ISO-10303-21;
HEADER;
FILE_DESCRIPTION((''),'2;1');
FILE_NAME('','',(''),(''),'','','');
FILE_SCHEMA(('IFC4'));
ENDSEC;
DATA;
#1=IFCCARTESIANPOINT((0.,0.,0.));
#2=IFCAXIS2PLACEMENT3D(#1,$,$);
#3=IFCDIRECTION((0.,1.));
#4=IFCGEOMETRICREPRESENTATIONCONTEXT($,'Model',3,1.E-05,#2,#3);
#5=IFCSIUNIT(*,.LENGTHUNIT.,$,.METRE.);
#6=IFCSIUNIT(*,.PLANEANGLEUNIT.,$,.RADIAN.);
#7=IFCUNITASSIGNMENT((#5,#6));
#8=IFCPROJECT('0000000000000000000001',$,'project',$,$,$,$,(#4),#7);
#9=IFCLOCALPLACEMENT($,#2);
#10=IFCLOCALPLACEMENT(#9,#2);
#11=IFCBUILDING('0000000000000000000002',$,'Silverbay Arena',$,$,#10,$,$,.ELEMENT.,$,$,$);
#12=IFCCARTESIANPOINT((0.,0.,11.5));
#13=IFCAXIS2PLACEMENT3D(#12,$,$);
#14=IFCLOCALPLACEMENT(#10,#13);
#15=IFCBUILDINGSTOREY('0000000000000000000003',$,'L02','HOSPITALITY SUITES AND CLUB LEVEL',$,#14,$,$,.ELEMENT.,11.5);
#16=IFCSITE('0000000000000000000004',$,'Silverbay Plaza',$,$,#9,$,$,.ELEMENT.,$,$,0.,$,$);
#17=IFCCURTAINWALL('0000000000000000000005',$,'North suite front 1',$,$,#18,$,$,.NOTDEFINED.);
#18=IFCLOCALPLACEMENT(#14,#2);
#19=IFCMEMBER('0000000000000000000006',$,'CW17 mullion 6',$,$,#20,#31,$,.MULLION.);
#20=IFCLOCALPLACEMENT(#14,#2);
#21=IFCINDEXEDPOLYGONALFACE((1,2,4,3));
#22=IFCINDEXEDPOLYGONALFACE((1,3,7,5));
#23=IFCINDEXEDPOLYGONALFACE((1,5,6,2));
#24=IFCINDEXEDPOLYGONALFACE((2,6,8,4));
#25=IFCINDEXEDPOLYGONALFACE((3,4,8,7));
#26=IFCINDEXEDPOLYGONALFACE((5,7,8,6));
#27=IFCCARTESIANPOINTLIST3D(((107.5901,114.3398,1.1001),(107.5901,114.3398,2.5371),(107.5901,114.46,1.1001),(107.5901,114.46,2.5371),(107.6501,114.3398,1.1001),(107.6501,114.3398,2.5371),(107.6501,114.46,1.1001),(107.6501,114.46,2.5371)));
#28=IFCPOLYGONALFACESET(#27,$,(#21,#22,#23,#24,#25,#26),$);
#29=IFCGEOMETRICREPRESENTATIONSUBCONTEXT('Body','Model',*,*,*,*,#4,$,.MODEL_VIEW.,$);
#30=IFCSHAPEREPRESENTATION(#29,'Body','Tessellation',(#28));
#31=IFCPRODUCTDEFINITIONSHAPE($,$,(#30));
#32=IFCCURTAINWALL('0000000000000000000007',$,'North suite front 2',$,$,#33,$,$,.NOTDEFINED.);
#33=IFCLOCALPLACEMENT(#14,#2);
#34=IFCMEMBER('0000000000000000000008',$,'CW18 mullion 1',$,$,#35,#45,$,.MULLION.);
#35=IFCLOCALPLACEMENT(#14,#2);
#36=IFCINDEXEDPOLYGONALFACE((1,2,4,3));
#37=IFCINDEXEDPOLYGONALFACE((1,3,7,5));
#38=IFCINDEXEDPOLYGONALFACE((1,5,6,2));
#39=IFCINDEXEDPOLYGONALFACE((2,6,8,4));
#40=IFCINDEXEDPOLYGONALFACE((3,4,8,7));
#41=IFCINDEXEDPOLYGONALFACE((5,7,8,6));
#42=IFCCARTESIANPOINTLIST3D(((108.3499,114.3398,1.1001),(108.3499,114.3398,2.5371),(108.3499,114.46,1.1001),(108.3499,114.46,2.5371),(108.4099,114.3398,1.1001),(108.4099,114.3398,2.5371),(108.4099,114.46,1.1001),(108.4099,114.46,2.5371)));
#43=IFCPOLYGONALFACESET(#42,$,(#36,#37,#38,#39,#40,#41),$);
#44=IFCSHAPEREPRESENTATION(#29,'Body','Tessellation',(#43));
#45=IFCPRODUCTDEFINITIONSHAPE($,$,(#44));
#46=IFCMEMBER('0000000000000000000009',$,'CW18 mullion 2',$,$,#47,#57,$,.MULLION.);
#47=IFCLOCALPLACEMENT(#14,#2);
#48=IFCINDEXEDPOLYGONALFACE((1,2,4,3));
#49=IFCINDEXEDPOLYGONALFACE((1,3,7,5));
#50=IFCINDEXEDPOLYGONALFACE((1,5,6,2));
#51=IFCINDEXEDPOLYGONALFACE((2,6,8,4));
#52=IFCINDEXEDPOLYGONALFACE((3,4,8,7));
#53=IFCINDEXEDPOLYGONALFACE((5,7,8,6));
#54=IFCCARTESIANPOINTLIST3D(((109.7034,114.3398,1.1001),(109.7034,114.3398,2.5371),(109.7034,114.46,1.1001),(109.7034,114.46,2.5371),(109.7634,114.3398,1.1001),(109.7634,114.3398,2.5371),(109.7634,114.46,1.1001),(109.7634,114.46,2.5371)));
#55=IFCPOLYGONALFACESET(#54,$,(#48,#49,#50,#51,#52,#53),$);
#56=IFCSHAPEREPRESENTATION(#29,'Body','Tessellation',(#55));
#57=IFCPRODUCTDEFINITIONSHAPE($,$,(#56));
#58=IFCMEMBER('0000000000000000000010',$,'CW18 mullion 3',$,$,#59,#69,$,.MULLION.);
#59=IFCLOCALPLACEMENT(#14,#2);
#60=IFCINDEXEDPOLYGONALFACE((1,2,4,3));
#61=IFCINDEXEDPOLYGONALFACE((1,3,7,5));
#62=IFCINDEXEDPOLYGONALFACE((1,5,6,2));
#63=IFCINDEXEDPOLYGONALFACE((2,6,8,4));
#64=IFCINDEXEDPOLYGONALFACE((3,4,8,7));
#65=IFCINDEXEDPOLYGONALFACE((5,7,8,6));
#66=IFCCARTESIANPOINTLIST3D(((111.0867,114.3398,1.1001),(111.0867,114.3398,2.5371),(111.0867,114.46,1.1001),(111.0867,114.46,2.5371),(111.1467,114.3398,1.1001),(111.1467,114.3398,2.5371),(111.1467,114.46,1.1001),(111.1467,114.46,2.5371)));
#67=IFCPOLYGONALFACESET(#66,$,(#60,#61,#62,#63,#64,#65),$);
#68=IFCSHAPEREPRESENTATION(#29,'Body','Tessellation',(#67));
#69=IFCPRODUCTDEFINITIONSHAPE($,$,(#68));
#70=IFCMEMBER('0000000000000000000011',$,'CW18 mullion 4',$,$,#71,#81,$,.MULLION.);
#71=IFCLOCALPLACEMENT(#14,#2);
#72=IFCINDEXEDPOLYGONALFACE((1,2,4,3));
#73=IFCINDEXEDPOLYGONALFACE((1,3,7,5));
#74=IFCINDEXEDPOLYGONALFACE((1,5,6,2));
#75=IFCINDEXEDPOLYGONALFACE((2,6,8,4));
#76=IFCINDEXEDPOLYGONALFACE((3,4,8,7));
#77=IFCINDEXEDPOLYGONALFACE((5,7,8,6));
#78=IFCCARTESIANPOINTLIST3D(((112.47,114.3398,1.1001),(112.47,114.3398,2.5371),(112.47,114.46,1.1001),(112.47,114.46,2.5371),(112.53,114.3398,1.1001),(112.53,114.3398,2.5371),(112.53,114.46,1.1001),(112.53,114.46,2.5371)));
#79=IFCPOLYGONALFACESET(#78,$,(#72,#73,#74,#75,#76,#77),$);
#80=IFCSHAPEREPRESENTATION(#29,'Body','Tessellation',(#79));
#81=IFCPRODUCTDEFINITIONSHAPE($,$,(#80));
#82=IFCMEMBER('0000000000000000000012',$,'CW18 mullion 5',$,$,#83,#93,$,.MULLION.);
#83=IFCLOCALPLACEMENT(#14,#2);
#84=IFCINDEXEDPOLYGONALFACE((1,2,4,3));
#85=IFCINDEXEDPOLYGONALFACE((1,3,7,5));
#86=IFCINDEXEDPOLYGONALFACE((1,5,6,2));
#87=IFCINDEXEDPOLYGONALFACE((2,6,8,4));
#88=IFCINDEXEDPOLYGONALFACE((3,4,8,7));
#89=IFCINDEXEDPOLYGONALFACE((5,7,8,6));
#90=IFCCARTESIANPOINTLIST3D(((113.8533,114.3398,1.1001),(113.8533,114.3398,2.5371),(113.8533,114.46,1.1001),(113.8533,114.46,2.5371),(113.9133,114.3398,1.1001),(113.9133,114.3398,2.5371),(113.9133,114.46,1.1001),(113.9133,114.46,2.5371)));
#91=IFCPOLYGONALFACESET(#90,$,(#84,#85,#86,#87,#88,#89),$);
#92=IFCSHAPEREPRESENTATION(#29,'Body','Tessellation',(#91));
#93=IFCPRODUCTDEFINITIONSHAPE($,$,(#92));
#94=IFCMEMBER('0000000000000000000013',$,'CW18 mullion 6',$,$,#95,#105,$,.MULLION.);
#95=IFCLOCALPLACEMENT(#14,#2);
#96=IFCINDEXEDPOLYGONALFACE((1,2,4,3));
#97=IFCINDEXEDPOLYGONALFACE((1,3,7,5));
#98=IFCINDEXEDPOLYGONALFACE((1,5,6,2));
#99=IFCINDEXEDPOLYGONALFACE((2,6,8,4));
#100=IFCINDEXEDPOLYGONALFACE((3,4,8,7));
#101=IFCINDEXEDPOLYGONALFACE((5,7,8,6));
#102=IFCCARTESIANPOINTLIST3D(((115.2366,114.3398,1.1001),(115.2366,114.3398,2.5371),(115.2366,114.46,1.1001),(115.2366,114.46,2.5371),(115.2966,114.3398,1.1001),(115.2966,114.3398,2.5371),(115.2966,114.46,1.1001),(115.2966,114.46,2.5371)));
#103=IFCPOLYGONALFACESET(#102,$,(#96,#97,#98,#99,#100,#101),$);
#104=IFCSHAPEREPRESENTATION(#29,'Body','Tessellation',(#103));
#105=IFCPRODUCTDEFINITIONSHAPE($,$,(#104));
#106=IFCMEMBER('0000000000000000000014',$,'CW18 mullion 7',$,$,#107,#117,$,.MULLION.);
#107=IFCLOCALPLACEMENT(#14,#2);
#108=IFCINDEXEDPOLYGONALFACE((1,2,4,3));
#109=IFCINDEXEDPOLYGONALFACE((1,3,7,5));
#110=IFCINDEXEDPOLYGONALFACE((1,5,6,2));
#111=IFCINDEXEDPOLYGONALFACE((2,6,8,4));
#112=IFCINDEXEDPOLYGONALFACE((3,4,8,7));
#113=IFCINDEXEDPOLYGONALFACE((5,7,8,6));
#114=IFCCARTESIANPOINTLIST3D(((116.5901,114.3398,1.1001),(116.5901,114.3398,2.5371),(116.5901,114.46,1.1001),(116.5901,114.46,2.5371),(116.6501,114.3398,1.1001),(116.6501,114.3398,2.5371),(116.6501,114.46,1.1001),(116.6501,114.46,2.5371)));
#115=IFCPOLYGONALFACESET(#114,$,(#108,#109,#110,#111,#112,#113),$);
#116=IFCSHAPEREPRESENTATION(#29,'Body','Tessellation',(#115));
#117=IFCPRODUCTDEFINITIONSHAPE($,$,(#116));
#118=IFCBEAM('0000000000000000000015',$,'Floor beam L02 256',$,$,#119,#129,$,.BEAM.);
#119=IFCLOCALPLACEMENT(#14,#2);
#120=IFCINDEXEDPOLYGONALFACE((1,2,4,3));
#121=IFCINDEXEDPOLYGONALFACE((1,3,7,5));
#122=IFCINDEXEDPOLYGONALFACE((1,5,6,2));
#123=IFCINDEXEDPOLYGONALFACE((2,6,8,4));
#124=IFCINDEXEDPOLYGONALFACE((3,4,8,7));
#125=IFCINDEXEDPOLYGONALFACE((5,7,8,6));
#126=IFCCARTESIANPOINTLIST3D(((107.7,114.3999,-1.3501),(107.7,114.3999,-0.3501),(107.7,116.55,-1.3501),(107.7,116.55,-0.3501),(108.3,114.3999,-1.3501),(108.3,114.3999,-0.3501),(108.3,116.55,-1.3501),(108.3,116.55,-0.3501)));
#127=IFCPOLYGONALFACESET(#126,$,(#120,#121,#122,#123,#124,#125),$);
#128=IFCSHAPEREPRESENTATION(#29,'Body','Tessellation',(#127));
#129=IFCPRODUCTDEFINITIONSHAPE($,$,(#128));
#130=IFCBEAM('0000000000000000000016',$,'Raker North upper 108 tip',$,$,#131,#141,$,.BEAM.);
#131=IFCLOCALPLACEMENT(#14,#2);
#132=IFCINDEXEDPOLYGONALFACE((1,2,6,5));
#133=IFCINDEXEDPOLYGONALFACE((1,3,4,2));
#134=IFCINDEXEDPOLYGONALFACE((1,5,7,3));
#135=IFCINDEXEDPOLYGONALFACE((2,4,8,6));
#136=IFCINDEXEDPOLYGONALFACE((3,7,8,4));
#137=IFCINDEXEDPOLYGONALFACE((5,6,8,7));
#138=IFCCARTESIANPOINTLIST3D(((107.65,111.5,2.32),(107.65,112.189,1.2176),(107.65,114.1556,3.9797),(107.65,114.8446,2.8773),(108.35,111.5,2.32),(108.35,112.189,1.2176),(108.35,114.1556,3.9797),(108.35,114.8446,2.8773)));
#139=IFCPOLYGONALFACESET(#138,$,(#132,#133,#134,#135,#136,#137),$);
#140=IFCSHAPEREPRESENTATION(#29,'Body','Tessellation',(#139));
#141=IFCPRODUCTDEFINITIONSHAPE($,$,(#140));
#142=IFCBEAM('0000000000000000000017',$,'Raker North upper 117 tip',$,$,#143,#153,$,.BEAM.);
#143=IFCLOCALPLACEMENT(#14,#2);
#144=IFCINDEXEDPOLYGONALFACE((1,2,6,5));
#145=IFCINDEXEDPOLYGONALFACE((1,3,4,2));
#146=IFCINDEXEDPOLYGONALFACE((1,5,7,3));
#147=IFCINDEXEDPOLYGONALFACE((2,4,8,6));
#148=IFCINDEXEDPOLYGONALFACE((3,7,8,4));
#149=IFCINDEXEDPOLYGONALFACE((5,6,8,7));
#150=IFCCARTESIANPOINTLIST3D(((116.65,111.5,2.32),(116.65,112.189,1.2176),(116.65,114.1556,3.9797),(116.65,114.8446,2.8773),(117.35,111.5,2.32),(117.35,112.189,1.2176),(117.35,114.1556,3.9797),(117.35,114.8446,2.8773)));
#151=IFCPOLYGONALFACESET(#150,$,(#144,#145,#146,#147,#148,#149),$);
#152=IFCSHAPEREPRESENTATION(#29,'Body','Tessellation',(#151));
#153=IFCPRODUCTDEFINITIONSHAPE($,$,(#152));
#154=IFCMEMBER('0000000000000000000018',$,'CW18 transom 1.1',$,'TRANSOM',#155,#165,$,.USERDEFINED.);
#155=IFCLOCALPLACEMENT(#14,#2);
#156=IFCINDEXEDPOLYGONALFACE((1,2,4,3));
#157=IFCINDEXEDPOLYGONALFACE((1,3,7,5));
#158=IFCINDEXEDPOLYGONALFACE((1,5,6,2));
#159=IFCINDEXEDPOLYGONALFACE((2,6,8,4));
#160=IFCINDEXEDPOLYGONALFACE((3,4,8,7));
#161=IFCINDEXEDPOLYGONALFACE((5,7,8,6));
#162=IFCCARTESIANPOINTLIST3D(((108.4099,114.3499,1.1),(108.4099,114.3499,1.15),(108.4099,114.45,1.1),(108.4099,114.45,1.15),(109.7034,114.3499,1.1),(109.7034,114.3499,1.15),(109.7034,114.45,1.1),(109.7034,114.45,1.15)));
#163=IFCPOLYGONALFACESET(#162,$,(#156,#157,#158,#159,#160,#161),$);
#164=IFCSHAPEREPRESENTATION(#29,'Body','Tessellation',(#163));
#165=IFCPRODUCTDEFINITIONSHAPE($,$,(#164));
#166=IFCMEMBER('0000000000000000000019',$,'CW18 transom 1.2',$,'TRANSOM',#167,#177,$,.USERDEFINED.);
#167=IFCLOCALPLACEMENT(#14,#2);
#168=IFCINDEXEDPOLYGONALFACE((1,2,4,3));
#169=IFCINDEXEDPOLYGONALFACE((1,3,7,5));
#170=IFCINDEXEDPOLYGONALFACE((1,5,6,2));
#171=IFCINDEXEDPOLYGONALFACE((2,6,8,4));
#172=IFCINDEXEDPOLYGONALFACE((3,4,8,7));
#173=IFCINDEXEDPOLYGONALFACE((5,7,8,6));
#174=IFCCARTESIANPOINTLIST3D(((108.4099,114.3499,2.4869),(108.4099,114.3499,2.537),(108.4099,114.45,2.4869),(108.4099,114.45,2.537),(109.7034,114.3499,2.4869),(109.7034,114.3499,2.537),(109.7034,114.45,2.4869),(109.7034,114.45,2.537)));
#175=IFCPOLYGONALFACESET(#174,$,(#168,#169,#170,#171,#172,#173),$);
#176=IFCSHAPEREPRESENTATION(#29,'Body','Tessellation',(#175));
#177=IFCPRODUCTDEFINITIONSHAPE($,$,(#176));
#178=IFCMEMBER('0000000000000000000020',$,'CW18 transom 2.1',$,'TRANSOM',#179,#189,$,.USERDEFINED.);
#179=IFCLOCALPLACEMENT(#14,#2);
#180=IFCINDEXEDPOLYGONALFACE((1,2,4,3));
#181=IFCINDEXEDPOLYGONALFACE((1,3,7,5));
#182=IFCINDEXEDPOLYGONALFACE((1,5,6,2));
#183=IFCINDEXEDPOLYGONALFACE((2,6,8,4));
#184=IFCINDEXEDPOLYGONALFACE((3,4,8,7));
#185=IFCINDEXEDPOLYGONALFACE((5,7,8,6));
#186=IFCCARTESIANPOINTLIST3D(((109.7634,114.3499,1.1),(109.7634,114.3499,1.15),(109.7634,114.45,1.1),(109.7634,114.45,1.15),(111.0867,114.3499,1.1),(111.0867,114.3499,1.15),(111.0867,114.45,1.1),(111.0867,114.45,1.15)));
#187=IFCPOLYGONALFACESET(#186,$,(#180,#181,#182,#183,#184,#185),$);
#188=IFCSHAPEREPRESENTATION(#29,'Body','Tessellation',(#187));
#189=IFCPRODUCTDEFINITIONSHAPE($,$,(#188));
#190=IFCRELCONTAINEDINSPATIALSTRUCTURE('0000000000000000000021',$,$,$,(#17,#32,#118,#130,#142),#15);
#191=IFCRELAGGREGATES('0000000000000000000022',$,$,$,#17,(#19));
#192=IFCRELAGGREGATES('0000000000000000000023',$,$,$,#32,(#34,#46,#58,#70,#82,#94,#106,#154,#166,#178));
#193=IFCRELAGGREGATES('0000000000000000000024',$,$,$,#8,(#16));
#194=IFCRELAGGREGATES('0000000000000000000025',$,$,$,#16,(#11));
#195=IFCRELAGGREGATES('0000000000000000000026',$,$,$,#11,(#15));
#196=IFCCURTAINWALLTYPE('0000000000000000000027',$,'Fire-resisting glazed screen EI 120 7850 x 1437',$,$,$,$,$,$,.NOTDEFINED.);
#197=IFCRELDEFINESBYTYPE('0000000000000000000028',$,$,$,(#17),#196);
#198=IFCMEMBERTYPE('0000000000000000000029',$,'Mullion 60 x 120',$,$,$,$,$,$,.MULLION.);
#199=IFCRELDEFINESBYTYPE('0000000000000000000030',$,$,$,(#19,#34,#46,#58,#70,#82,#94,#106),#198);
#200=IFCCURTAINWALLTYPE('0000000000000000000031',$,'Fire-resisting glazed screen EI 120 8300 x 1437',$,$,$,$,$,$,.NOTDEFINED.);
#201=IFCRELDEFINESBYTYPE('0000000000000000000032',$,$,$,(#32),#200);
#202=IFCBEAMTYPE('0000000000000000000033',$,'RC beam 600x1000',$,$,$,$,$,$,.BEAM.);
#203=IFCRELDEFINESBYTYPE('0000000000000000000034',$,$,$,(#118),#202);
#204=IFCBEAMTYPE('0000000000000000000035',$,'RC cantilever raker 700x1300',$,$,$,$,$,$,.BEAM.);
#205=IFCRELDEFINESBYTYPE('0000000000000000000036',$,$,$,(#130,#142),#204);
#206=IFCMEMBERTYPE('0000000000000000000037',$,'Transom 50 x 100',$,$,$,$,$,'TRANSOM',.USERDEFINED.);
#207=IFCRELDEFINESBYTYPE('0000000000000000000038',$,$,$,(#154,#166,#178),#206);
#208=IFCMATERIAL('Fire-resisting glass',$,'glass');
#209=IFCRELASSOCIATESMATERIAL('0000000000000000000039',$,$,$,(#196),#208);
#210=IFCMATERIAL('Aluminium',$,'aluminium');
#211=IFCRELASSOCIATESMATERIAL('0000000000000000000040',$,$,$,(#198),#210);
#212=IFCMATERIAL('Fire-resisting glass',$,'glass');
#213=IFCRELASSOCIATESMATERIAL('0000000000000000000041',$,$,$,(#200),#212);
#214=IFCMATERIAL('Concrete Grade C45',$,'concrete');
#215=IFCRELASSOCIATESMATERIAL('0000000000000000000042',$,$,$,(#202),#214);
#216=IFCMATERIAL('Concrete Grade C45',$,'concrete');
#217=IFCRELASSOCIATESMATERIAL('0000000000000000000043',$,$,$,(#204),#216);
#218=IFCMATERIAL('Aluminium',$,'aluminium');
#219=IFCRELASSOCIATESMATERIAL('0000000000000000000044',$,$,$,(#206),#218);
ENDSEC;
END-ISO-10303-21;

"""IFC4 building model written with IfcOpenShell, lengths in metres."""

from ifc_helpers import new_model, si_unit, direction, frame, origin, origin_2d, place, context, subcontext, project, spatial, rectangle, extrude, material, material_profile, profile_set, type_object, element, aggregate, save


model = new_model("IFC4")

# Units and contexts
model_context = context("Model", 3, precision=1e-05, world=origin(), true_north=direction((0.0, 1.0)))
body_context = subcontext(model_context, "Body", "Model", "MODEL_VIEW")
ifc_project = project(units=[si_unit("LENGTHUNIT", "METRE"), si_unit("PLANEANGLEUNIT", "RADIAN")], contexts=[model_context])

# Site, building, storey
site_placement = place(None, origin())
site = spatial("IfcSite", under=ifc_project, at=site_placement, Name="Silverbay Plaza", CompositionType="ELEMENT", RefElevation=0.0)
building_placement = place(site_placement, origin())
building = spatial("IfcBuilding", under=site, at=building_placement, Name="Silverbay Arena", CompositionType="ELEMENT")
storey_placement = place(building_placement, frame((0.0, 0.0, 11.5)))
storey = spatial("IfcBuildingStorey", under=building, at=storey_placement, Name="L02", Description="HOSPITALITY SUITES AND CLUB LEVEL", CompositionType="ELEMENT", Elevation=11.5)

# Curtain wall, member
ifc_material_1 = material(Name="Fire-resisting glass", Category="glass")
curtain_wall_type_1 = type_object("IfcCurtainWallType", Name="Fire-resisting glazed screen EI 120 7850 x 1437", PredefinedType="NOTDEFINED", material=ifc_material_1)
curtain_wall_1_placement = place(storey_placement, origin())
curtain_wall_1 = element("IfcCurtainWall", 1, at=curtain_wall_1_placement, inside=storey, type_object=curtain_wall_type_1, Name="North suite front 1", PredefinedType="NOTDEFINED")
ifc_material_2 = material(Name="Aluminium", Category="aluminium")
ifc_material_profile_1 = material_profile(ifc_material_2, rectangle(XDim=0.1201, YDim=0.0601, at=origin_2d()), Name="Mullion 60 x 120")
ifc_profile_set_1 = profile_set([ifc_material_profile_1], Name="Aluminium")
member_type_1 = type_object("IfcMemberType", Name="Mullion 60 x 120", PredefinedType="MULLION", material=ifc_profile_set_1)
member_1_placement = place(storey_placement, frame((107.6201, 114.3999, 1.1001), z_axis=(0.0, 0.0, 1.0), x_axis=(0.0, 1.0, 0.0)))
member_1 = element("IfcMember", 2, at=member_1_placement, type_object=member_type_1, Name="CW17 mullion 6", PredefinedType="MULLION", context=body_context, shape_type="SweptSolid", body=[
    extrude(rectangle(XDim=0.1201, YDim=0.0601, at=origin_2d()), origin(), (0.0, 0.0, 1.0), 1.437),
])
aggregate(curtain_wall_1, [member_1])

# Curtain wall, members
ifc_material_3 = material(Name="Fire-resisting glass", Category="glass")
curtain_wall_type_2 = type_object("IfcCurtainWallType", Name="Fire-resisting glazed screen EI 120 8300 x 1437", PredefinedType="NOTDEFINED", material=ifc_material_3)
curtain_wall_2_placement = place(storey_placement, origin())
curtain_wall_2 = element("IfcCurtainWall", 3, at=curtain_wall_2_placement, inside=storey, type_object=curtain_wall_type_2, Name="North suite front 2", PredefinedType="NOTDEFINED")
member_2_placement = place(storey_placement, frame((108.3799, 114.3999, 1.1001), z_axis=(0.0, 0.0, 1.0), x_axis=(0.0, 1.0, 0.0)))
member_2 = element("IfcMember", 4, at=member_2_placement, type_object=member_type_1, Name="CW18 mullion 1", PredefinedType="MULLION", context=body_context, shape_type="SweptSolid", body=[
    extrude(rectangle(XDim=0.1201, YDim=0.0601, at=origin_2d()), origin(), (0.0, 0.0, 1.0), 1.437),
])
member_3_placement = place(storey_placement, frame((109.7334, 114.3999, 1.1001), z_axis=(0.0, 0.0, 1.0), x_axis=(0.0, 1.0, 0.0)))
member_3 = element("IfcMember", 5, at=member_3_placement, type_object=member_type_1, Name="CW18 mullion 2", PredefinedType="MULLION", context=body_context, shape_type="SweptSolid", body=[
    extrude(rectangle(XDim=0.1201, YDim=0.0601, at=origin_2d()), origin(), (0.0, 0.0, 1.0), 1.437),
])
member_4_placement = place(storey_placement, frame((111.1167, 114.3999, 1.1001), z_axis=(0.0, 0.0, 1.0), x_axis=(0.0, 1.0, 0.0)))
member_4 = element("IfcMember", 6, at=member_4_placement, type_object=member_type_1, Name="CW18 mullion 3", PredefinedType="MULLION", context=body_context, shape_type="SweptSolid", body=[
    extrude(rectangle(XDim=0.1201, YDim=0.0601, at=origin_2d()), origin(), (0.0, 0.0, 1.0), 1.437),
])
member_5_placement = place(storey_placement, frame((112.5, 114.3999, 1.1001), z_axis=(0.0, 0.0, 1.0), x_axis=(0.0, 1.0, 0.0)))
member_5 = element("IfcMember", 7, at=member_5_placement, type_object=member_type_1, Name="CW18 mullion 4", PredefinedType="MULLION", context=body_context, shape_type="SweptSolid", body=[
    extrude(rectangle(XDim=0.1201, YDim=0.0601, at=origin_2d()), origin(), (0.0, 0.0, 1.0), 1.437),
])
member_6_placement = place(storey_placement, frame((113.8833, 114.3999, 1.1001), z_axis=(0.0, 0.0, 1.0), x_axis=(0.0, 1.0, 0.0)))
member_6 = element("IfcMember", 8, at=member_6_placement, type_object=member_type_1, Name="CW18 mullion 5", PredefinedType="MULLION", context=body_context, shape_type="SweptSolid", body=[
    extrude(rectangle(XDim=0.1201, YDim=0.0601, at=origin_2d()), origin(), (0.0, 0.0, 1.0), 1.437),
])
member_7_placement = place(storey_placement, frame((115.2666, 114.3999, 1.1001), z_axis=(0.0, 0.0, 1.0), x_axis=(0.0, 1.0, 0.0)))
member_7 = element("IfcMember", 9, at=member_7_placement, type_object=member_type_1, Name="CW18 mullion 6", PredefinedType="MULLION", context=body_context, shape_type="SweptSolid", body=[
    extrude(rectangle(XDim=0.1201, YDim=0.0601, at=origin_2d()), origin(), (0.0, 0.0, 1.0), 1.437),
])
member_8_placement = place(storey_placement, frame((116.6201, 114.3999, 1.1001), z_axis=(0.0, 0.0, 1.0), x_axis=(0.0, 1.0, 0.0)))
member_8 = element("IfcMember", 10, at=member_8_placement, type_object=member_type_1, Name="CW18 mullion 7", PredefinedType="MULLION", context=body_context, shape_type="SweptSolid", body=[
    extrude(rectangle(XDim=0.1201, YDim=0.0601, at=origin_2d()), origin(), (0.0, 0.0, 1.0), 1.437),
])

# Beams
ifc_material_4 = material(Name="Concrete Grade C45", Category="concrete")
ifc_material_profile_2 = material_profile(ifc_material_4, rectangle(XDim=0.6001, YDim=1.0, at=origin_2d()), Name="RC 600x1000")
ifc_profile_set_2 = profile_set([ifc_material_profile_2], Name="Concrete Grade C45")
beam_type_1 = type_object("IfcBeamType", Name="RC beam 600x1000", PredefinedType="BEAM", material=ifc_profile_set_2)
beam_placement = place(storey_placement, frame((108.0, 114.3999, -0.8501), z_axis=(0.0, 1.0, 0.0), x_axis=(-1.0, 0.0, 0.0)))
element("IfcBeam", 11, at=beam_placement, inside=storey, type_object=beam_type_1, Name="Floor beam L02 256", PredefinedType="BEAM", context=body_context, shape_type="SweptSolid", body=[
    extrude(rectangle(XDim=0.6001, YDim=1.0, at=origin_2d()), origin(), (0.0, 0.0, 1.0), 2.1501),
])
ifc_material_5 = material(Name="Concrete Grade C45", Category="concrete")
ifc_material_profile_3 = material_profile(ifc_material_5, rectangle(XDim=0.7, YDim=1.3, at=origin_2d()), Name="RC 700x1300")
ifc_profile_set_3 = profile_set([ifc_material_profile_3], Name="Concrete Grade C45")
beam_type_2 = type_object("IfcBeamType", Name="RC cantilever raker 700x1300", PredefinedType="BEAM", material=ifc_profile_set_3)
for number, where, z_axis, x_axis, name in (
    (12, (108.0, 111.8445, 1.7688), (0.0, 0.848003, 0.529992), (-1.0, 0.0, 0.0), "Raker North upper 108 tip"),
    (13, (117.0, 111.8445, 1.7688), (0.0, 0.848003, 0.529992), (-1.0, 0.0, 0.0), "Raker North upper 117 tip"),
):
    element("IfcBeam", number, at=place(storey_placement, frame(where, z_axis=z_axis, x_axis=x_axis)), inside=storey, type_object=beam_type_2, Name=name, PredefinedType="BEAM", context=body_context, shape_type="SweptSolid", body=[
        extrude(rectangle(XDim=0.7, YDim=1.3, at=origin_2d()), origin(), (0.0, 0.0, 1.0), 3.1316),
    ])

# Members
ifc_material_6 = material(Name="Aluminium", Category="aluminium")
ifc_material_profile_4 = material_profile(ifc_material_6, rectangle(XDim=0.1001, YDim=0.05, at=origin_2d()), Name="Transom 50 x 100")
ifc_profile_set_4 = profile_set([ifc_material_profile_4], Name="Aluminium")
member_type_2 = type_object("IfcMemberType", Name="Transom 50 x 100", ElementType="TRANSOM", PredefinedType="USERDEFINED", material=ifc_profile_set_4)
member_9_placement = place(storey_placement, frame((108.4099, 114.3999, 1.125), z_axis=(1.0, 0.0, 0.0), x_axis=(0.0, 1.0, 0.0)))
member_9 = element("IfcMember", 14, at=member_9_placement, type_object=member_type_2, Name="CW18 transom 1.1", ObjectType="TRANSOM", PredefinedType="USERDEFINED", context=body_context, shape_type="SweptSolid", body=[
    extrude(rectangle(XDim=0.1001, YDim=0.05, at=origin_2d()), origin(), (0.0, 0.0, 1.0), 1.2935),
])
member_10_placement = place(storey_placement, frame((108.4099, 114.3999, 2.512), z_axis=(1.0, 0.0, 0.0), x_axis=(0.0, 1.0, 0.0)))
member_10 = element("IfcMember", 15, at=member_10_placement, type_object=member_type_2, Name="CW18 transom 1.2", ObjectType="TRANSOM", PredefinedType="USERDEFINED", context=body_context, shape_type="SweptSolid", body=[
    extrude(rectangle(XDim=0.1001, YDim=0.05, at=origin_2d()), origin(), (0.0, 0.0, 1.0), 1.2935),
])
member_11_placement = place(storey_placement, frame((109.7634, 114.3999, 1.125), z_axis=(1.0, 0.0, 0.0), x_axis=(0.0, 1.0, 0.0)))
member_11 = element("IfcMember", 16, at=member_11_placement, type_object=member_type_2, Name="CW18 transom 2.1", ObjectType="TRANSOM", PredefinedType="USERDEFINED", context=body_context, shape_type="SweptSolid", body=[
    extrude(rectangle(XDim=0.1001, YDim=0.05, at=origin_2d()), origin(), (0.0, 0.0, 1.0), 1.3232),
])

aggregate(curtain_wall_2, [member_2, member_3, member_4, member_5, member_6, member_7, member_8, member_9, member_10, member_11])

save(model, "model.ifc")
